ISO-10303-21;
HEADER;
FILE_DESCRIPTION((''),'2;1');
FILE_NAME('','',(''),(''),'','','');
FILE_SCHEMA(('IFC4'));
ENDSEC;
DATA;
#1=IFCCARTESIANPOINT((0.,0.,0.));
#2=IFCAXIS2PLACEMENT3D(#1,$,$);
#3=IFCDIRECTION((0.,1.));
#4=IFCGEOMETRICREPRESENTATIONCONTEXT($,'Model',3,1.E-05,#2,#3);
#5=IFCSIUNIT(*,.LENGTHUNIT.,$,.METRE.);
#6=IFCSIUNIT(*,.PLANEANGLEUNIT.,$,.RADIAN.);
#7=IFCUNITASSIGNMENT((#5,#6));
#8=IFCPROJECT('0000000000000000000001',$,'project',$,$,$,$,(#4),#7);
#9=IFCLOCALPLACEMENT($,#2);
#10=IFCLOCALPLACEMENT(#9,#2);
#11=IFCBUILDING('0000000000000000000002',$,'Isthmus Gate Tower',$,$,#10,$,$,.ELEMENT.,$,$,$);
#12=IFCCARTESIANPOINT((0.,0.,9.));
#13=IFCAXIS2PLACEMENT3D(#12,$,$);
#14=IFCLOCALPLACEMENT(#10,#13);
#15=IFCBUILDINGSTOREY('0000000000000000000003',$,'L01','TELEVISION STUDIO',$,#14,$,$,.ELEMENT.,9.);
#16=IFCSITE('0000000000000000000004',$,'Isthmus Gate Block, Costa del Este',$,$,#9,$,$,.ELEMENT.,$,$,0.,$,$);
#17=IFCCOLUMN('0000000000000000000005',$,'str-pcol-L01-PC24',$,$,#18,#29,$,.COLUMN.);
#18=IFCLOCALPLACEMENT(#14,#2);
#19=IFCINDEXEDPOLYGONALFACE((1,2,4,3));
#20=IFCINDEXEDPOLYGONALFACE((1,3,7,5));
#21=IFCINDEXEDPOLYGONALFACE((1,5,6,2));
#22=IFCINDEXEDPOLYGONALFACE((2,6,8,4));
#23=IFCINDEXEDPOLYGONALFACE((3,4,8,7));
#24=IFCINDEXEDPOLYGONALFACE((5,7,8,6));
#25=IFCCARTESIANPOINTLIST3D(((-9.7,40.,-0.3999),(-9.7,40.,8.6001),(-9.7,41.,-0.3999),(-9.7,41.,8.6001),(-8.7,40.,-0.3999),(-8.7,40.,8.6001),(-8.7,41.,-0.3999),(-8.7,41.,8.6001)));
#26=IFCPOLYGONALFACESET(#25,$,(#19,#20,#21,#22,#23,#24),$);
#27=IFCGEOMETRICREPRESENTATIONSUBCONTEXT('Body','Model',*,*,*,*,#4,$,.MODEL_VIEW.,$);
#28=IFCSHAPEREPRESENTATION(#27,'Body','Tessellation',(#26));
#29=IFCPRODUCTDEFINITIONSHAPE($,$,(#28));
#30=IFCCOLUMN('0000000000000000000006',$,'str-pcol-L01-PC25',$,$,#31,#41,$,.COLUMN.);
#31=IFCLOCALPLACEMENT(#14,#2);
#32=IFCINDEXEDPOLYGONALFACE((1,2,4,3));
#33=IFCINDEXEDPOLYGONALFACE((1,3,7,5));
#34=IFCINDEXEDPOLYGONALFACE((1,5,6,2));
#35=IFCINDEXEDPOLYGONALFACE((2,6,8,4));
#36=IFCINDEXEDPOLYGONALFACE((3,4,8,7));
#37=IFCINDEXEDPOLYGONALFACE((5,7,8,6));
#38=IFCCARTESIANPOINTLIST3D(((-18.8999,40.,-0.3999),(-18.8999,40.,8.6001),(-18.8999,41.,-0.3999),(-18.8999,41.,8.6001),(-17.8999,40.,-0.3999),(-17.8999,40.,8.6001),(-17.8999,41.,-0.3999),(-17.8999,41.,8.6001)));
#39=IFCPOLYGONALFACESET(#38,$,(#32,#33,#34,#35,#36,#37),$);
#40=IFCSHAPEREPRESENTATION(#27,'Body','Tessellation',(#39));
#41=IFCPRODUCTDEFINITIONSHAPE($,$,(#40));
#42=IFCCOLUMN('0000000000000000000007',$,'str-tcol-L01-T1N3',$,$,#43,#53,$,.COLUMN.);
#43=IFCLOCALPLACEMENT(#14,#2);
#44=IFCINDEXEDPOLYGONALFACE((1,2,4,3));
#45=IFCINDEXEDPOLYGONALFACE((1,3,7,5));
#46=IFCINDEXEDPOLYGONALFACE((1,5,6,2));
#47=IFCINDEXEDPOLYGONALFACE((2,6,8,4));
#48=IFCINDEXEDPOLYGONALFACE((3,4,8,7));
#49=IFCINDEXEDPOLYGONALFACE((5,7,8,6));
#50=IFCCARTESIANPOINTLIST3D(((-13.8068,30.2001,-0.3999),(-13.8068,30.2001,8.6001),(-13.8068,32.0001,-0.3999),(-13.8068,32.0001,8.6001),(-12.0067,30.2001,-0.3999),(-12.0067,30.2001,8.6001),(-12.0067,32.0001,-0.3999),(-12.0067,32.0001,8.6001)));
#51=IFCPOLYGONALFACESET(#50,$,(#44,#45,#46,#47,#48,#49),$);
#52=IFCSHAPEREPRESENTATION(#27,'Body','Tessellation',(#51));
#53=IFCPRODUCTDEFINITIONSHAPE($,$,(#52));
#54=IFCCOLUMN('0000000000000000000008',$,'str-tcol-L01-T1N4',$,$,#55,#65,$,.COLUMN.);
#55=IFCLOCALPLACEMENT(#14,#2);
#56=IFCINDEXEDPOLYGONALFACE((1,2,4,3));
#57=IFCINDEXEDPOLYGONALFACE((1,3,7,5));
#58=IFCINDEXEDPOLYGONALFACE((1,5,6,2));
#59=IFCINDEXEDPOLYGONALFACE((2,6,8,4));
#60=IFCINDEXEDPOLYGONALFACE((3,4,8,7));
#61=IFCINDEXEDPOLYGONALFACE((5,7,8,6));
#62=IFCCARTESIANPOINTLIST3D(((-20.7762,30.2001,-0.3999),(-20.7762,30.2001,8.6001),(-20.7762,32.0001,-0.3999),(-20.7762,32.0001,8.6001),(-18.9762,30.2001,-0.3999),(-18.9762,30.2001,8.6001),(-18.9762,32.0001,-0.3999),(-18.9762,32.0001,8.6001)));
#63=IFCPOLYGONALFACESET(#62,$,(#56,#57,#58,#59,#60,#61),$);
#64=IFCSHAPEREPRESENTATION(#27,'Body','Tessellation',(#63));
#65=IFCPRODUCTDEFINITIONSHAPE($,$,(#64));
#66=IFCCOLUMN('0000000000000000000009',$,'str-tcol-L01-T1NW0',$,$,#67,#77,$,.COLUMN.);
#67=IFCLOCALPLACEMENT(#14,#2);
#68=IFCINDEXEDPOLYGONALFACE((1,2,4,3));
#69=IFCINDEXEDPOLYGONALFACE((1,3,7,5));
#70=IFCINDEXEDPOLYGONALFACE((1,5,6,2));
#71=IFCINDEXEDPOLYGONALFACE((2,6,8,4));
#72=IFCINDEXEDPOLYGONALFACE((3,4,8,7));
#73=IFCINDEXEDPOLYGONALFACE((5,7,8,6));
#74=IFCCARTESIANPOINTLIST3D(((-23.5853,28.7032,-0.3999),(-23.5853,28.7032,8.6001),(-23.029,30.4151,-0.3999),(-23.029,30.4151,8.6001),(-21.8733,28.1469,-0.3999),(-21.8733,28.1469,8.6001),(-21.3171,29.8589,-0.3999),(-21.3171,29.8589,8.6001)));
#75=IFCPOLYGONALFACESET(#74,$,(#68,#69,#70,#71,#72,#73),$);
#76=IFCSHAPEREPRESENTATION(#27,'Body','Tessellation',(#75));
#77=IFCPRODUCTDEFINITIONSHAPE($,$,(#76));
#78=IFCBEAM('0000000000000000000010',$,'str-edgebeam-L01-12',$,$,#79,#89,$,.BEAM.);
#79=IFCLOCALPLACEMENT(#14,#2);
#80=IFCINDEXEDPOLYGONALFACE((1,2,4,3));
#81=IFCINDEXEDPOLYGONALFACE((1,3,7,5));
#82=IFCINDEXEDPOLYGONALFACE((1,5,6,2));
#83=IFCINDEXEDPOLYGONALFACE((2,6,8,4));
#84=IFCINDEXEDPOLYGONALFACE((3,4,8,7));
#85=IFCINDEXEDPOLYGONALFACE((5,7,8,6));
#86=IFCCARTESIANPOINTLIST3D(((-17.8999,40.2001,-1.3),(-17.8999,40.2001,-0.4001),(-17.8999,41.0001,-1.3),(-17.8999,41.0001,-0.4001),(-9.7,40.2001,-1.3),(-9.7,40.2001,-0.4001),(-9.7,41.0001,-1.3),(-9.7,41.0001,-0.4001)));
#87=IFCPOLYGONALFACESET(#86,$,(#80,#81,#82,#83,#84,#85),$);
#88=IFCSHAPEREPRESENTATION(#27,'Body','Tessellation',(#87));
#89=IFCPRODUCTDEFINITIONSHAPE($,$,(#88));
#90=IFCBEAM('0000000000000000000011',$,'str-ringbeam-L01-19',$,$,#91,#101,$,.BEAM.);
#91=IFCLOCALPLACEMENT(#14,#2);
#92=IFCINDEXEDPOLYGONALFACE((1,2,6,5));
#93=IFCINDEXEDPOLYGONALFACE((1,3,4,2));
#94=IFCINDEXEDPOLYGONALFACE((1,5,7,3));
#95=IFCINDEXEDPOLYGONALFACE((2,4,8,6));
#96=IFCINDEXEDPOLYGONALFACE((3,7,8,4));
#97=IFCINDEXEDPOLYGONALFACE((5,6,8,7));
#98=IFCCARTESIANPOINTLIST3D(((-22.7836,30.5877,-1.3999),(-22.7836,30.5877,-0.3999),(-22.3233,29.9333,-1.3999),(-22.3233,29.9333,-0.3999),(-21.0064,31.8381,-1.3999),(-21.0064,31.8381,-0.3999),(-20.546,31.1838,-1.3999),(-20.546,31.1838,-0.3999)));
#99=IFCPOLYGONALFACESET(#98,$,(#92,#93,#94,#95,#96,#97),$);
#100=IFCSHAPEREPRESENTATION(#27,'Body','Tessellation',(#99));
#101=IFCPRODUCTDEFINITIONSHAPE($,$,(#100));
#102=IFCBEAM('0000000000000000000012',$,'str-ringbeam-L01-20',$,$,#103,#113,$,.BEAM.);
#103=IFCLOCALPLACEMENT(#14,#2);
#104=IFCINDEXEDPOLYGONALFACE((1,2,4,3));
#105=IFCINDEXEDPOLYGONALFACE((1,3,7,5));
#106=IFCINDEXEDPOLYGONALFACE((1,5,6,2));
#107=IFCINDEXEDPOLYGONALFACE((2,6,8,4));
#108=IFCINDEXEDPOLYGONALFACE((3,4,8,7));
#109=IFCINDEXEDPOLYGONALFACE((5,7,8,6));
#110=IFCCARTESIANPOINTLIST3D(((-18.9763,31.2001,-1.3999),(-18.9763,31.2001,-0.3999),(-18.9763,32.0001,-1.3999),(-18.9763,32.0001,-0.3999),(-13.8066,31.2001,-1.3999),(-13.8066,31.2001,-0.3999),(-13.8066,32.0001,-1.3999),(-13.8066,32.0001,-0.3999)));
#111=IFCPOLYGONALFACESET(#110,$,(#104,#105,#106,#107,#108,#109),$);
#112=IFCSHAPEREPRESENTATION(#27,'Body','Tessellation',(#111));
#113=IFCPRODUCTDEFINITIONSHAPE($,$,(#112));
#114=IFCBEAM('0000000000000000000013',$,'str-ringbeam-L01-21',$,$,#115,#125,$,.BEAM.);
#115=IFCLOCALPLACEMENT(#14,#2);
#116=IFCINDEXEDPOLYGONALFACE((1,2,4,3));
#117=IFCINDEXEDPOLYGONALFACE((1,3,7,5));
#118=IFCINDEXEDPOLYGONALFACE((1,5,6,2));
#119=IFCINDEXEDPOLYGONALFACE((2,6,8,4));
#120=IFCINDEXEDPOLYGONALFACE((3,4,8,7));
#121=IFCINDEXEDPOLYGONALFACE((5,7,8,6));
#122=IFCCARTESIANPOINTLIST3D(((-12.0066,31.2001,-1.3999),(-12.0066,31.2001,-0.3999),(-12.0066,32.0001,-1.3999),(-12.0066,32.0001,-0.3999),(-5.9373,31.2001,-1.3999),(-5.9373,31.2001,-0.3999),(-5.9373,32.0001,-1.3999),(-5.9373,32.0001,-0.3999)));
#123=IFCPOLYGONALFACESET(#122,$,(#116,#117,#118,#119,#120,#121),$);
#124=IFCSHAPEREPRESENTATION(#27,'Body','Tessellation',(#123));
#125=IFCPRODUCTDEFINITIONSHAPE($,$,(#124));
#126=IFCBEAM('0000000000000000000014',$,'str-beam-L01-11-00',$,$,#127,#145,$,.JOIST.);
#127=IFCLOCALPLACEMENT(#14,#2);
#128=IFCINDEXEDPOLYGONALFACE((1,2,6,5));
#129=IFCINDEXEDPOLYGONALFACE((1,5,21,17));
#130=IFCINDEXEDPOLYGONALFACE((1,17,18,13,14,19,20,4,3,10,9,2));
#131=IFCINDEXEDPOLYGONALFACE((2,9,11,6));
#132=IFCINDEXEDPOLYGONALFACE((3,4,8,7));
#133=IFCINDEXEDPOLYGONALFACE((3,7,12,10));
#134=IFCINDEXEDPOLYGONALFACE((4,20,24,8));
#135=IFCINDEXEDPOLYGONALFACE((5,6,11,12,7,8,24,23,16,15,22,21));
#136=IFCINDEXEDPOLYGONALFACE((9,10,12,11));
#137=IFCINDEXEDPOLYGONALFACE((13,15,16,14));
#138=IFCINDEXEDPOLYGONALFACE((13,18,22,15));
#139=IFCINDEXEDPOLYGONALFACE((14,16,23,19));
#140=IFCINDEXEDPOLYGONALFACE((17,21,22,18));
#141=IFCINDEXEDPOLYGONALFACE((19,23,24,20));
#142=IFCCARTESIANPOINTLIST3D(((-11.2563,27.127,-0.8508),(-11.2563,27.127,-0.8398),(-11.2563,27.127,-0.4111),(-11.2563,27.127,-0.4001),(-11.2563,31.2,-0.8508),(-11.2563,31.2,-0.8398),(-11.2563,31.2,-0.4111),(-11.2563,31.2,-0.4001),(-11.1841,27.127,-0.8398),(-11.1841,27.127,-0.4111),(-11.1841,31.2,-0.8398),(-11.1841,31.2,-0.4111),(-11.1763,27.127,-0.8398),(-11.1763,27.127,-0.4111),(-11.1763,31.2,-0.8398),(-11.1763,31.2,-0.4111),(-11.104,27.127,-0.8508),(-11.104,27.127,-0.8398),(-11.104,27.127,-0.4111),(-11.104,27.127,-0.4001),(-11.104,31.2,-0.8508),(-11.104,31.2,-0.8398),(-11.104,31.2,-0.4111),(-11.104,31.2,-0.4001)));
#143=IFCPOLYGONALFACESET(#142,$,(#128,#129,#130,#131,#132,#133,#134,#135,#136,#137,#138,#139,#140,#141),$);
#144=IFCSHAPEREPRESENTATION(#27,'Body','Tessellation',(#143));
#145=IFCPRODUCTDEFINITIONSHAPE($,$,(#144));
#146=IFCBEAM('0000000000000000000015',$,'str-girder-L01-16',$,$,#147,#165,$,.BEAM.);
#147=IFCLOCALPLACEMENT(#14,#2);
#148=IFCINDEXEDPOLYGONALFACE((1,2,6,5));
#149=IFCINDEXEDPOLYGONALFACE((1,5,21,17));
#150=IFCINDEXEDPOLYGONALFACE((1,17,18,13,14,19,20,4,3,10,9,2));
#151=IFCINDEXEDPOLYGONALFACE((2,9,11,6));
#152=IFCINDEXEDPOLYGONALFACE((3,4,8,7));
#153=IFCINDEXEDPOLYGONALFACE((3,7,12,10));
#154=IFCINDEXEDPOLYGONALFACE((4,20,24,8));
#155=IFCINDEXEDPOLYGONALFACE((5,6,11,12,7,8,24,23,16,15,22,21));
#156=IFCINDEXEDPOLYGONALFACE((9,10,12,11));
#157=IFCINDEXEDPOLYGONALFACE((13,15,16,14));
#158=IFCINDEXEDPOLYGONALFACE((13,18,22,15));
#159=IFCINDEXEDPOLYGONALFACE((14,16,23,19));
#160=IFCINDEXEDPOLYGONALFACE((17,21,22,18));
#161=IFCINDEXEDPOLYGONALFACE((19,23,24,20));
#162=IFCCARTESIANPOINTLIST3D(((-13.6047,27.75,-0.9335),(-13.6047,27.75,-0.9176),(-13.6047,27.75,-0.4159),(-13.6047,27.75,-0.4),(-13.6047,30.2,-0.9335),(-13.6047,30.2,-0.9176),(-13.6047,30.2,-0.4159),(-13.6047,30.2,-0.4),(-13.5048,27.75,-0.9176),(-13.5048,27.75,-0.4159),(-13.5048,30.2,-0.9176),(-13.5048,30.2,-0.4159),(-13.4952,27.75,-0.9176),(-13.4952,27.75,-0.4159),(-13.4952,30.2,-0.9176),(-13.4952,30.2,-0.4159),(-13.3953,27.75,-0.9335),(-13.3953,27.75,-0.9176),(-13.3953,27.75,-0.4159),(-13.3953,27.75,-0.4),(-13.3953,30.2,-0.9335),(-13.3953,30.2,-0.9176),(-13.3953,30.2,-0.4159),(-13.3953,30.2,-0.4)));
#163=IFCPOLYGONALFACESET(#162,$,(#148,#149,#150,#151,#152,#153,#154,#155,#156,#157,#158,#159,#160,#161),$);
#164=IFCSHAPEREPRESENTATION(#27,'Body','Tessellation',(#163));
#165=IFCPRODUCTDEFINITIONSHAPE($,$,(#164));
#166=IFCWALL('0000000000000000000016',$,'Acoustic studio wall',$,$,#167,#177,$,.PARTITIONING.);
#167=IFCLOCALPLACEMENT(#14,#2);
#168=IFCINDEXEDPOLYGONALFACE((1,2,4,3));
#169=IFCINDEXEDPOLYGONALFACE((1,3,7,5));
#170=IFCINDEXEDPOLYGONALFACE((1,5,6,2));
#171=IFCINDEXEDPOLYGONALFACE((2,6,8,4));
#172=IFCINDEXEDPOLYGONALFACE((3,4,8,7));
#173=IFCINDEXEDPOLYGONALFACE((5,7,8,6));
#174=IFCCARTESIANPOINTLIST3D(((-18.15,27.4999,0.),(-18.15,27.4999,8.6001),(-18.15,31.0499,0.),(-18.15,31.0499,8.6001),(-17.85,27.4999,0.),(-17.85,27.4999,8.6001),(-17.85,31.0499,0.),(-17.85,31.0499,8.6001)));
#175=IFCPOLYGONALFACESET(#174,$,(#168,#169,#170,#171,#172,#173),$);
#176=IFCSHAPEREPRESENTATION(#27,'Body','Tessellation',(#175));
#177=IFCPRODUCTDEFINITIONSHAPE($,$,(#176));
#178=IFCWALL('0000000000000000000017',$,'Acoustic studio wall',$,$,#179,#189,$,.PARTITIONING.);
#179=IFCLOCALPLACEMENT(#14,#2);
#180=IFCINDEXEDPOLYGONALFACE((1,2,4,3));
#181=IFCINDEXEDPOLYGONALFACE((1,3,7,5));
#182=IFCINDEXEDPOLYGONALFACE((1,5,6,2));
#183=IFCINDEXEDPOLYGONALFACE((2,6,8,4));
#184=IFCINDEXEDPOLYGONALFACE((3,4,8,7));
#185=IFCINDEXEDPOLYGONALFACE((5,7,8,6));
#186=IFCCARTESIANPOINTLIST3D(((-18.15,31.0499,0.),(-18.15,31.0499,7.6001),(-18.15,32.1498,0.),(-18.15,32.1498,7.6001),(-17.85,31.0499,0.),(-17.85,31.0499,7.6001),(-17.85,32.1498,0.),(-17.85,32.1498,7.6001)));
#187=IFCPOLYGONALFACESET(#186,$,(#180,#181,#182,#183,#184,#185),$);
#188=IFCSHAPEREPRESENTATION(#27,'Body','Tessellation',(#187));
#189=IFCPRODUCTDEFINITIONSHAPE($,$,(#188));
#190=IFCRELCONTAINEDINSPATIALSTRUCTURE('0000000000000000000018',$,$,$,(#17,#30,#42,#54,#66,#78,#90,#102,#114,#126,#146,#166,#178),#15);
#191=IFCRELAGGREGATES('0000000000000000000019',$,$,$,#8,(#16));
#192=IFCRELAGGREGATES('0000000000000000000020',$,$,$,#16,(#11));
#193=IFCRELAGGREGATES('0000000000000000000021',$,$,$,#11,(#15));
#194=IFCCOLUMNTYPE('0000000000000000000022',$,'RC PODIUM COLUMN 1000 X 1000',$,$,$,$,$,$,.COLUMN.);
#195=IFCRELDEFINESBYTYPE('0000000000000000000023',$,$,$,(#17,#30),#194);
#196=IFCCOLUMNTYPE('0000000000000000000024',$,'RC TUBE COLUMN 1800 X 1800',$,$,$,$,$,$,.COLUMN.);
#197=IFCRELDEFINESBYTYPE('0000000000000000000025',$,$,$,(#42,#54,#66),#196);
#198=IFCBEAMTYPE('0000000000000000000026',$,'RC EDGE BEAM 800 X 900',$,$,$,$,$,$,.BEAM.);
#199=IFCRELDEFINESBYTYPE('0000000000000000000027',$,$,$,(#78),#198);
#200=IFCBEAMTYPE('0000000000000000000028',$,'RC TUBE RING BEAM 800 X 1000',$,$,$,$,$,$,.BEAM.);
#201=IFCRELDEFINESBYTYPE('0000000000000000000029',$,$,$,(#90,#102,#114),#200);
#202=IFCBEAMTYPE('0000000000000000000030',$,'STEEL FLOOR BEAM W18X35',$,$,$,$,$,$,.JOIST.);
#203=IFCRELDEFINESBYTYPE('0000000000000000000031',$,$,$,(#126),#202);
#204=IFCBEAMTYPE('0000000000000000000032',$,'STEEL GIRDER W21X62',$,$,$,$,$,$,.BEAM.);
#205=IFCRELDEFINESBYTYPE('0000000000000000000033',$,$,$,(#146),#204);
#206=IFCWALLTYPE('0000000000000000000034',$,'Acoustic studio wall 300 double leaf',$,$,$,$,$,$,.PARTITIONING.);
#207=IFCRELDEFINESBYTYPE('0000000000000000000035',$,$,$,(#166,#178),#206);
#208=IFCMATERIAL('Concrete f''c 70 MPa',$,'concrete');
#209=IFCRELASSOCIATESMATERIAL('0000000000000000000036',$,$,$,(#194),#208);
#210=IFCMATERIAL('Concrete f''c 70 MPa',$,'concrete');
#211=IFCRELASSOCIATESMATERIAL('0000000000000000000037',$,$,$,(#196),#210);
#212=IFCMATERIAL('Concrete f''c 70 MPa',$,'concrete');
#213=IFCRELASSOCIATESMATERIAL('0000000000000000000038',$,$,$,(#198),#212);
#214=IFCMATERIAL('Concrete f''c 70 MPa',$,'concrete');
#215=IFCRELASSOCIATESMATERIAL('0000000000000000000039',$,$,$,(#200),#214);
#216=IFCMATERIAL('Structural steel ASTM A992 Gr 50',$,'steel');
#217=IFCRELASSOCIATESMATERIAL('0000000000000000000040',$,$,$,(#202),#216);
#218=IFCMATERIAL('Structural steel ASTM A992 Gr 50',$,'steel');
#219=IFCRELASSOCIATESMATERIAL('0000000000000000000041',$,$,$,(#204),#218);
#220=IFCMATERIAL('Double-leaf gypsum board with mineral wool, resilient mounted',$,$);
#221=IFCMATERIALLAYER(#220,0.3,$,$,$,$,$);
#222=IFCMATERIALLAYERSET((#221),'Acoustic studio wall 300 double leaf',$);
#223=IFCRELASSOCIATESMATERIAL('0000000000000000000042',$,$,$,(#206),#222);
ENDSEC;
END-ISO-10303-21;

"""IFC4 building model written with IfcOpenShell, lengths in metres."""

from ifc_helpers import new_model, si_unit, direction, frame, frame_2d, origin, origin_2d, place, context, subcontext, project, spatial, rectangle, i_section, extrude, material, layer, layer_set, material_profile, profile_set, type_object, element, save


model = new_model("IFC4")

# Units and contexts
model_context = context("Model", 3, precision=1e-05, world=origin(), true_north=direction((0.0, 1.0)))
body_context = subcontext(model_context, "Body", "Model", "MODEL_VIEW")
ifc_project = project(units=[si_unit("LENGTHUNIT", "METRE"), si_unit("PLANEANGLEUNIT", "RADIAN")], contexts=[model_context])

# Site, building, storey
site_placement = place(None, origin())
site = spatial("IfcSite", under=ifc_project, at=site_placement, Name="Isthmus Gate Block, Costa del Este", CompositionType="ELEMENT", RefElevation=0.0)
building_placement = place(site_placement, origin())
building = spatial("IfcBuilding", under=site, at=building_placement, Name="Isthmus Gate Tower", CompositionType="ELEMENT")
storey_placement = place(building_placement, frame((0.0, 0.0, 9.0)))
storey = spatial("IfcBuildingStorey", under=building, at=storey_placement, Name="L01", Description="TELEVISION STUDIO", CompositionType="ELEMENT", Elevation=9.0)

# Columns
ifc_material_1 = material(Name="Concrete f'c 70 MPa", Category="concrete")
ifc_material_profile_1 = material_profile(ifc_material_1, rectangle(XDim=1.0, YDim=1.0, at=origin_2d()), Name="RC 1000X1000")
ifc_profile_set_1 = profile_set([ifc_material_profile_1], Name="Concrete f'c 70 MPa")
column_type_1 = type_object("IfcColumnType", Name="RC PODIUM COLUMN 1000 X 1000", PredefinedType="COLUMN", material=ifc_profile_set_1)
for number, where, z_axis, x_axis, name in (
    (1, (-9.2, 40.5, -0.3999), (0.0, 0.0, 1.0), (-1.0, 0.0, 0.0), "str-pcol-L01-PC24"),
    (2, (-18.3999, 40.5, -0.3999), (0.0, 0.0, 1.0), (-1.0, 0.0, 0.0), "str-pcol-L01-PC25"),
):
    element("IfcColumn", number, at=place(storey_placement, frame(where, z_axis=z_axis, x_axis=x_axis)), inside=storey, type_object=column_type_1, Name=name, PredefinedType="COLUMN", context=body_context, shape_type="SweptSolid", body=[
        extrude(rectangle(XDim=1.0, YDim=1.0, at=origin_2d()), origin(), (0.0, 0.0, 1.0), 9.0),
    ])
ifc_material_2 = material(Name="Concrete f'c 70 MPa", Category="concrete")
ifc_material_profile_2 = material_profile(ifc_material_2, rectangle(XDim=1.8, YDim=1.8, at=origin_2d()), Name="RC 1800X1800")
ifc_profile_set_2 = profile_set([ifc_material_profile_2], Name="Concrete f'c 70 MPa")
column_type_2 = type_object("IfcColumnType", Name="RC TUBE COLUMN 1800 X 1800", PredefinedType="COLUMN", material=ifc_profile_set_2)
for number, where, z_axis, x_axis, name in (
    (3, (-12.9067, 31.1001, -0.3999), (0.0, 0.0, 1.0), (-1.0, 0.0, 0.0), "str-tcol-L01-T1N3"),
    (4, (-19.8762, 31.1001, -0.3999), (0.0, 0.0, 1.0), (-1.0, 0.0, 0.0), "str-tcol-L01-T1N4"),
    (5, (-22.4512, 29.281, -0.3999), (0.0, 0.0, 1.0), (-0.309017, -0.951057, 0.0), "str-tcol-L01-T1NW0"),
):
    element("IfcColumn", number, at=place(storey_placement, frame(where, z_axis=z_axis, x_axis=x_axis)), inside=storey, type_object=column_type_2, Name=name, PredefinedType="COLUMN", context=body_context, shape_type="SweptSolid", body=[
        extrude(rectangle(XDim=1.8, YDim=1.8, at=origin_2d()), origin(), (0.0, 0.0, 1.0), 9.0),
    ])

# Beams
ifc_material_3 = material(Name="Concrete f'c 70 MPa", Category="concrete")
ifc_material_profile_3 = material_profile(ifc_material_3, rectangle(XDim=0.8, YDim=0.8999, at=origin_2d()), Name="RC 800X900")
ifc_profile_set_3 = profile_set([ifc_material_profile_3], Name="Concrete f'c 70 MPa")
beam_type_1 = type_object("IfcBeamType", Name="RC EDGE BEAM 800 X 900", PredefinedType="BEAM", material=ifc_profile_set_3)
beam_1_placement = place(storey_placement, frame((-17.8999, 40.6001, -0.8501), z_axis=(1.0, 0.0, 0.0), x_axis=(0.0, 1.0, 0.0)))
element("IfcBeam", 6, at=beam_1_placement, inside=storey, type_object=beam_type_1, Name="str-edgebeam-L01-12", PredefinedType="BEAM", context=body_context, shape_type="SweptSolid", body=[
    extrude(rectangle(XDim=0.8, YDim=0.8999, at=origin_2d()), origin(), (0.0, 0.0, 1.0), 8.2),
])
ifc_material_4 = material(Name="Concrete f'c 70 MPa", Category="concrete")
ifc_material_profile_4 = material_profile(ifc_material_4, rectangle(XDim=0.8, YDim=1.0, at=origin_2d()), Name="RC 800X1000")
ifc_profile_set_4 = profile_set([ifc_material_profile_4], Name="Concrete f'c 70 MPa")
beam_type_2 = type_object("IfcBeamType", Name="RC TUBE RING BEAM 800 X 1000", PredefinedType="BEAM", material=ifc_profile_set_4)
beam_2_placement = place(storey_placement, frame((-22.5535, 30.2605, -0.8999), z_axis=(0.817857, 0.575421, 0.0), x_axis=(-0.575421, 0.817857, 0.0)))
element("IfcBeam", 7, at=beam_2_placement, inside=storey, type_object=beam_type_2, Name="str-ringbeam-L01-19", PredefinedType="BEAM", context=body_context, shape_type="SweptSolid", body=[
    extrude(rectangle(XDim=0.8, YDim=1.0, at=origin_2d()), origin(), (0.0, 0.0, 1.0), 2.1731),
])
beam_3_placement = place(storey_placement, frame((-18.9763, 31.6001, -0.8999), z_axis=(1.0, 0.0, 0.0), x_axis=(0.0, 1.0, 0.0)))
element("IfcBeam", 8, at=beam_3_placement, inside=storey, type_object=beam_type_2, Name="str-ringbeam-L01-20", PredefinedType="BEAM", context=body_context, shape_type="SweptSolid", body=[
    extrude(rectangle(XDim=0.8, YDim=1.0, at=origin_2d()), origin(), (0.0, 0.0, 1.0), 5.1697),
])
beam_4_placement = place(storey_placement, frame((-12.0066, 31.6001, -0.8999), z_axis=(1.0, 0.0, 0.0), x_axis=(0.0, 1.0, 0.0)))
element("IfcBeam", 9, at=beam_4_placement, inside=storey, type_object=beam_type_2, Name="str-ringbeam-L01-21", PredefinedType="BEAM", context=body_context, shape_type="SweptSolid", body=[
    extrude(rectangle(XDim=0.8, YDim=1.0, at=origin_2d()), origin(), (0.0, 0.0, 1.0), 6.0693),
])
ifc_material_5 = material(Name="Structural steel ASTM A992 Gr 50", Category="steel")
ifc_material_profile_5 = material_profile(ifc_material_5, i_section(OverallWidth=0.1523, OverallDepth=0.4507, WebThickness=0.0078, FlangeThickness=0.011, at=origin_2d()), Name="W18X35")
ifc_profile_set_5 = profile_set([ifc_material_profile_5], Name="Structural steel ASTM A992 Gr 50")
beam_type_3 = type_object("IfcBeamType", Name="STEEL FLOOR BEAM W18X35", PredefinedType="JOIST", material=ifc_profile_set_5)
beam_5_placement = place(storey_placement, frame((-11.1802, 27.127, -0.6255), z_axis=(0.0, 1.0, 0.0), x_axis=(-1.0, 0.0, 0.0)))
element("IfcBeam", 10, at=beam_5_placement, inside=storey, type_object=beam_type_3, Name="str-beam-L01-11-00", PredefinedType="JOIST", context=body_context, shape_type="SweptSolid", body=[
    extrude(i_section(OverallWidth=0.1523, OverallDepth=0.4507, WebThickness=0.0078, FlangeThickness=0.011, at=origin_2d()), origin(), (0.0, 0.0, 1.0), 4.073),
])
ifc_material_6 = material(Name="Structural steel ASTM A992 Gr 50", Category="steel")
ifc_material_profile_6 = material_profile(ifc_material_6, i_section(OverallWidth=0.2095, OverallDepth=0.5334, WebThickness=0.0095, FlangeThickness=0.0159, at=origin_2d()), Name="W21X62")
ifc_profile_set_6 = profile_set([ifc_material_profile_6], Name="Structural steel ASTM A992 Gr 50")
beam_type_4 = type_object("IfcBeamType", Name="STEEL GIRDER W21X62", PredefinedType="BEAM", material=ifc_profile_set_6)
beam_6_placement = place(storey_placement, frame((-13.5, 27.75, -0.6667), z_axis=(0.0, 1.0, 0.0), x_axis=(-1.0, 0.0, 0.0)))
element("IfcBeam", 11, at=beam_6_placement, inside=storey, type_object=beam_type_4, Name="str-girder-L01-16", PredefinedType="BEAM", context=body_context, shape_type="SweptSolid", body=[
    extrude(i_section(OverallWidth=0.2095, OverallDepth=0.5334, WebThickness=0.0095, FlangeThickness=0.0159, at=origin_2d()), origin(), (0.0, 0.0, 1.0), 2.45),
])

# Walls
ifc_material_7 = material(Name="Double-leaf gypsum board with mineral wool, resilient mounted")
ifc_layer_1 = layer(ifc_material_7, 0.3)
ifc_layer_set_1 = layer_set([ifc_layer_1], Name="Acoustic studio wall 300 double leaf")
wall_type_1 = type_object("IfcWallType", Name="Acoustic studio wall 300 double leaf", PredefinedType="PARTITIONING", material=ifc_layer_set_1)
wall_1_placement = place(storey_placement, frame((-18.0, 27.5, 0.0), z_axis=(0.0, 0.0, 1.0), x_axis=(0.0, 1.0, 0.0)))
element("IfcWall", 12, at=wall_1_placement, inside=storey, type_object=wall_type_1, Name="Acoustic studio wall", PredefinedType="PARTITIONING", context=body_context, shape_type="SweptSolid", body=[
    extrude(rectangle(XDim=3.55, YDim=0.3, at=frame_2d((1.7749, 0.0))), origin(), (0.0, 0.0, 1.0), 8.6001),
])
wall_2_placement = place(storey_placement, frame((-18.0, 31.05, 0.0), z_axis=(0.0, 0.0, 1.0), x_axis=(0.0, 1.0, 0.0)))
element("IfcWall", 13, at=wall_2_placement, inside=storey, type_object=wall_type_1, Name="Acoustic studio wall", PredefinedType="PARTITIONING", context=body_context, shape_type="SweptSolid", body=[
    extrude(rectangle(XDim=1.0999, YDim=0.3, at=frame_2d((0.5498, 0.0))), origin(), (0.0, 0.0, 1.0), 7.6001),
])

save(model, "model.ifc")
